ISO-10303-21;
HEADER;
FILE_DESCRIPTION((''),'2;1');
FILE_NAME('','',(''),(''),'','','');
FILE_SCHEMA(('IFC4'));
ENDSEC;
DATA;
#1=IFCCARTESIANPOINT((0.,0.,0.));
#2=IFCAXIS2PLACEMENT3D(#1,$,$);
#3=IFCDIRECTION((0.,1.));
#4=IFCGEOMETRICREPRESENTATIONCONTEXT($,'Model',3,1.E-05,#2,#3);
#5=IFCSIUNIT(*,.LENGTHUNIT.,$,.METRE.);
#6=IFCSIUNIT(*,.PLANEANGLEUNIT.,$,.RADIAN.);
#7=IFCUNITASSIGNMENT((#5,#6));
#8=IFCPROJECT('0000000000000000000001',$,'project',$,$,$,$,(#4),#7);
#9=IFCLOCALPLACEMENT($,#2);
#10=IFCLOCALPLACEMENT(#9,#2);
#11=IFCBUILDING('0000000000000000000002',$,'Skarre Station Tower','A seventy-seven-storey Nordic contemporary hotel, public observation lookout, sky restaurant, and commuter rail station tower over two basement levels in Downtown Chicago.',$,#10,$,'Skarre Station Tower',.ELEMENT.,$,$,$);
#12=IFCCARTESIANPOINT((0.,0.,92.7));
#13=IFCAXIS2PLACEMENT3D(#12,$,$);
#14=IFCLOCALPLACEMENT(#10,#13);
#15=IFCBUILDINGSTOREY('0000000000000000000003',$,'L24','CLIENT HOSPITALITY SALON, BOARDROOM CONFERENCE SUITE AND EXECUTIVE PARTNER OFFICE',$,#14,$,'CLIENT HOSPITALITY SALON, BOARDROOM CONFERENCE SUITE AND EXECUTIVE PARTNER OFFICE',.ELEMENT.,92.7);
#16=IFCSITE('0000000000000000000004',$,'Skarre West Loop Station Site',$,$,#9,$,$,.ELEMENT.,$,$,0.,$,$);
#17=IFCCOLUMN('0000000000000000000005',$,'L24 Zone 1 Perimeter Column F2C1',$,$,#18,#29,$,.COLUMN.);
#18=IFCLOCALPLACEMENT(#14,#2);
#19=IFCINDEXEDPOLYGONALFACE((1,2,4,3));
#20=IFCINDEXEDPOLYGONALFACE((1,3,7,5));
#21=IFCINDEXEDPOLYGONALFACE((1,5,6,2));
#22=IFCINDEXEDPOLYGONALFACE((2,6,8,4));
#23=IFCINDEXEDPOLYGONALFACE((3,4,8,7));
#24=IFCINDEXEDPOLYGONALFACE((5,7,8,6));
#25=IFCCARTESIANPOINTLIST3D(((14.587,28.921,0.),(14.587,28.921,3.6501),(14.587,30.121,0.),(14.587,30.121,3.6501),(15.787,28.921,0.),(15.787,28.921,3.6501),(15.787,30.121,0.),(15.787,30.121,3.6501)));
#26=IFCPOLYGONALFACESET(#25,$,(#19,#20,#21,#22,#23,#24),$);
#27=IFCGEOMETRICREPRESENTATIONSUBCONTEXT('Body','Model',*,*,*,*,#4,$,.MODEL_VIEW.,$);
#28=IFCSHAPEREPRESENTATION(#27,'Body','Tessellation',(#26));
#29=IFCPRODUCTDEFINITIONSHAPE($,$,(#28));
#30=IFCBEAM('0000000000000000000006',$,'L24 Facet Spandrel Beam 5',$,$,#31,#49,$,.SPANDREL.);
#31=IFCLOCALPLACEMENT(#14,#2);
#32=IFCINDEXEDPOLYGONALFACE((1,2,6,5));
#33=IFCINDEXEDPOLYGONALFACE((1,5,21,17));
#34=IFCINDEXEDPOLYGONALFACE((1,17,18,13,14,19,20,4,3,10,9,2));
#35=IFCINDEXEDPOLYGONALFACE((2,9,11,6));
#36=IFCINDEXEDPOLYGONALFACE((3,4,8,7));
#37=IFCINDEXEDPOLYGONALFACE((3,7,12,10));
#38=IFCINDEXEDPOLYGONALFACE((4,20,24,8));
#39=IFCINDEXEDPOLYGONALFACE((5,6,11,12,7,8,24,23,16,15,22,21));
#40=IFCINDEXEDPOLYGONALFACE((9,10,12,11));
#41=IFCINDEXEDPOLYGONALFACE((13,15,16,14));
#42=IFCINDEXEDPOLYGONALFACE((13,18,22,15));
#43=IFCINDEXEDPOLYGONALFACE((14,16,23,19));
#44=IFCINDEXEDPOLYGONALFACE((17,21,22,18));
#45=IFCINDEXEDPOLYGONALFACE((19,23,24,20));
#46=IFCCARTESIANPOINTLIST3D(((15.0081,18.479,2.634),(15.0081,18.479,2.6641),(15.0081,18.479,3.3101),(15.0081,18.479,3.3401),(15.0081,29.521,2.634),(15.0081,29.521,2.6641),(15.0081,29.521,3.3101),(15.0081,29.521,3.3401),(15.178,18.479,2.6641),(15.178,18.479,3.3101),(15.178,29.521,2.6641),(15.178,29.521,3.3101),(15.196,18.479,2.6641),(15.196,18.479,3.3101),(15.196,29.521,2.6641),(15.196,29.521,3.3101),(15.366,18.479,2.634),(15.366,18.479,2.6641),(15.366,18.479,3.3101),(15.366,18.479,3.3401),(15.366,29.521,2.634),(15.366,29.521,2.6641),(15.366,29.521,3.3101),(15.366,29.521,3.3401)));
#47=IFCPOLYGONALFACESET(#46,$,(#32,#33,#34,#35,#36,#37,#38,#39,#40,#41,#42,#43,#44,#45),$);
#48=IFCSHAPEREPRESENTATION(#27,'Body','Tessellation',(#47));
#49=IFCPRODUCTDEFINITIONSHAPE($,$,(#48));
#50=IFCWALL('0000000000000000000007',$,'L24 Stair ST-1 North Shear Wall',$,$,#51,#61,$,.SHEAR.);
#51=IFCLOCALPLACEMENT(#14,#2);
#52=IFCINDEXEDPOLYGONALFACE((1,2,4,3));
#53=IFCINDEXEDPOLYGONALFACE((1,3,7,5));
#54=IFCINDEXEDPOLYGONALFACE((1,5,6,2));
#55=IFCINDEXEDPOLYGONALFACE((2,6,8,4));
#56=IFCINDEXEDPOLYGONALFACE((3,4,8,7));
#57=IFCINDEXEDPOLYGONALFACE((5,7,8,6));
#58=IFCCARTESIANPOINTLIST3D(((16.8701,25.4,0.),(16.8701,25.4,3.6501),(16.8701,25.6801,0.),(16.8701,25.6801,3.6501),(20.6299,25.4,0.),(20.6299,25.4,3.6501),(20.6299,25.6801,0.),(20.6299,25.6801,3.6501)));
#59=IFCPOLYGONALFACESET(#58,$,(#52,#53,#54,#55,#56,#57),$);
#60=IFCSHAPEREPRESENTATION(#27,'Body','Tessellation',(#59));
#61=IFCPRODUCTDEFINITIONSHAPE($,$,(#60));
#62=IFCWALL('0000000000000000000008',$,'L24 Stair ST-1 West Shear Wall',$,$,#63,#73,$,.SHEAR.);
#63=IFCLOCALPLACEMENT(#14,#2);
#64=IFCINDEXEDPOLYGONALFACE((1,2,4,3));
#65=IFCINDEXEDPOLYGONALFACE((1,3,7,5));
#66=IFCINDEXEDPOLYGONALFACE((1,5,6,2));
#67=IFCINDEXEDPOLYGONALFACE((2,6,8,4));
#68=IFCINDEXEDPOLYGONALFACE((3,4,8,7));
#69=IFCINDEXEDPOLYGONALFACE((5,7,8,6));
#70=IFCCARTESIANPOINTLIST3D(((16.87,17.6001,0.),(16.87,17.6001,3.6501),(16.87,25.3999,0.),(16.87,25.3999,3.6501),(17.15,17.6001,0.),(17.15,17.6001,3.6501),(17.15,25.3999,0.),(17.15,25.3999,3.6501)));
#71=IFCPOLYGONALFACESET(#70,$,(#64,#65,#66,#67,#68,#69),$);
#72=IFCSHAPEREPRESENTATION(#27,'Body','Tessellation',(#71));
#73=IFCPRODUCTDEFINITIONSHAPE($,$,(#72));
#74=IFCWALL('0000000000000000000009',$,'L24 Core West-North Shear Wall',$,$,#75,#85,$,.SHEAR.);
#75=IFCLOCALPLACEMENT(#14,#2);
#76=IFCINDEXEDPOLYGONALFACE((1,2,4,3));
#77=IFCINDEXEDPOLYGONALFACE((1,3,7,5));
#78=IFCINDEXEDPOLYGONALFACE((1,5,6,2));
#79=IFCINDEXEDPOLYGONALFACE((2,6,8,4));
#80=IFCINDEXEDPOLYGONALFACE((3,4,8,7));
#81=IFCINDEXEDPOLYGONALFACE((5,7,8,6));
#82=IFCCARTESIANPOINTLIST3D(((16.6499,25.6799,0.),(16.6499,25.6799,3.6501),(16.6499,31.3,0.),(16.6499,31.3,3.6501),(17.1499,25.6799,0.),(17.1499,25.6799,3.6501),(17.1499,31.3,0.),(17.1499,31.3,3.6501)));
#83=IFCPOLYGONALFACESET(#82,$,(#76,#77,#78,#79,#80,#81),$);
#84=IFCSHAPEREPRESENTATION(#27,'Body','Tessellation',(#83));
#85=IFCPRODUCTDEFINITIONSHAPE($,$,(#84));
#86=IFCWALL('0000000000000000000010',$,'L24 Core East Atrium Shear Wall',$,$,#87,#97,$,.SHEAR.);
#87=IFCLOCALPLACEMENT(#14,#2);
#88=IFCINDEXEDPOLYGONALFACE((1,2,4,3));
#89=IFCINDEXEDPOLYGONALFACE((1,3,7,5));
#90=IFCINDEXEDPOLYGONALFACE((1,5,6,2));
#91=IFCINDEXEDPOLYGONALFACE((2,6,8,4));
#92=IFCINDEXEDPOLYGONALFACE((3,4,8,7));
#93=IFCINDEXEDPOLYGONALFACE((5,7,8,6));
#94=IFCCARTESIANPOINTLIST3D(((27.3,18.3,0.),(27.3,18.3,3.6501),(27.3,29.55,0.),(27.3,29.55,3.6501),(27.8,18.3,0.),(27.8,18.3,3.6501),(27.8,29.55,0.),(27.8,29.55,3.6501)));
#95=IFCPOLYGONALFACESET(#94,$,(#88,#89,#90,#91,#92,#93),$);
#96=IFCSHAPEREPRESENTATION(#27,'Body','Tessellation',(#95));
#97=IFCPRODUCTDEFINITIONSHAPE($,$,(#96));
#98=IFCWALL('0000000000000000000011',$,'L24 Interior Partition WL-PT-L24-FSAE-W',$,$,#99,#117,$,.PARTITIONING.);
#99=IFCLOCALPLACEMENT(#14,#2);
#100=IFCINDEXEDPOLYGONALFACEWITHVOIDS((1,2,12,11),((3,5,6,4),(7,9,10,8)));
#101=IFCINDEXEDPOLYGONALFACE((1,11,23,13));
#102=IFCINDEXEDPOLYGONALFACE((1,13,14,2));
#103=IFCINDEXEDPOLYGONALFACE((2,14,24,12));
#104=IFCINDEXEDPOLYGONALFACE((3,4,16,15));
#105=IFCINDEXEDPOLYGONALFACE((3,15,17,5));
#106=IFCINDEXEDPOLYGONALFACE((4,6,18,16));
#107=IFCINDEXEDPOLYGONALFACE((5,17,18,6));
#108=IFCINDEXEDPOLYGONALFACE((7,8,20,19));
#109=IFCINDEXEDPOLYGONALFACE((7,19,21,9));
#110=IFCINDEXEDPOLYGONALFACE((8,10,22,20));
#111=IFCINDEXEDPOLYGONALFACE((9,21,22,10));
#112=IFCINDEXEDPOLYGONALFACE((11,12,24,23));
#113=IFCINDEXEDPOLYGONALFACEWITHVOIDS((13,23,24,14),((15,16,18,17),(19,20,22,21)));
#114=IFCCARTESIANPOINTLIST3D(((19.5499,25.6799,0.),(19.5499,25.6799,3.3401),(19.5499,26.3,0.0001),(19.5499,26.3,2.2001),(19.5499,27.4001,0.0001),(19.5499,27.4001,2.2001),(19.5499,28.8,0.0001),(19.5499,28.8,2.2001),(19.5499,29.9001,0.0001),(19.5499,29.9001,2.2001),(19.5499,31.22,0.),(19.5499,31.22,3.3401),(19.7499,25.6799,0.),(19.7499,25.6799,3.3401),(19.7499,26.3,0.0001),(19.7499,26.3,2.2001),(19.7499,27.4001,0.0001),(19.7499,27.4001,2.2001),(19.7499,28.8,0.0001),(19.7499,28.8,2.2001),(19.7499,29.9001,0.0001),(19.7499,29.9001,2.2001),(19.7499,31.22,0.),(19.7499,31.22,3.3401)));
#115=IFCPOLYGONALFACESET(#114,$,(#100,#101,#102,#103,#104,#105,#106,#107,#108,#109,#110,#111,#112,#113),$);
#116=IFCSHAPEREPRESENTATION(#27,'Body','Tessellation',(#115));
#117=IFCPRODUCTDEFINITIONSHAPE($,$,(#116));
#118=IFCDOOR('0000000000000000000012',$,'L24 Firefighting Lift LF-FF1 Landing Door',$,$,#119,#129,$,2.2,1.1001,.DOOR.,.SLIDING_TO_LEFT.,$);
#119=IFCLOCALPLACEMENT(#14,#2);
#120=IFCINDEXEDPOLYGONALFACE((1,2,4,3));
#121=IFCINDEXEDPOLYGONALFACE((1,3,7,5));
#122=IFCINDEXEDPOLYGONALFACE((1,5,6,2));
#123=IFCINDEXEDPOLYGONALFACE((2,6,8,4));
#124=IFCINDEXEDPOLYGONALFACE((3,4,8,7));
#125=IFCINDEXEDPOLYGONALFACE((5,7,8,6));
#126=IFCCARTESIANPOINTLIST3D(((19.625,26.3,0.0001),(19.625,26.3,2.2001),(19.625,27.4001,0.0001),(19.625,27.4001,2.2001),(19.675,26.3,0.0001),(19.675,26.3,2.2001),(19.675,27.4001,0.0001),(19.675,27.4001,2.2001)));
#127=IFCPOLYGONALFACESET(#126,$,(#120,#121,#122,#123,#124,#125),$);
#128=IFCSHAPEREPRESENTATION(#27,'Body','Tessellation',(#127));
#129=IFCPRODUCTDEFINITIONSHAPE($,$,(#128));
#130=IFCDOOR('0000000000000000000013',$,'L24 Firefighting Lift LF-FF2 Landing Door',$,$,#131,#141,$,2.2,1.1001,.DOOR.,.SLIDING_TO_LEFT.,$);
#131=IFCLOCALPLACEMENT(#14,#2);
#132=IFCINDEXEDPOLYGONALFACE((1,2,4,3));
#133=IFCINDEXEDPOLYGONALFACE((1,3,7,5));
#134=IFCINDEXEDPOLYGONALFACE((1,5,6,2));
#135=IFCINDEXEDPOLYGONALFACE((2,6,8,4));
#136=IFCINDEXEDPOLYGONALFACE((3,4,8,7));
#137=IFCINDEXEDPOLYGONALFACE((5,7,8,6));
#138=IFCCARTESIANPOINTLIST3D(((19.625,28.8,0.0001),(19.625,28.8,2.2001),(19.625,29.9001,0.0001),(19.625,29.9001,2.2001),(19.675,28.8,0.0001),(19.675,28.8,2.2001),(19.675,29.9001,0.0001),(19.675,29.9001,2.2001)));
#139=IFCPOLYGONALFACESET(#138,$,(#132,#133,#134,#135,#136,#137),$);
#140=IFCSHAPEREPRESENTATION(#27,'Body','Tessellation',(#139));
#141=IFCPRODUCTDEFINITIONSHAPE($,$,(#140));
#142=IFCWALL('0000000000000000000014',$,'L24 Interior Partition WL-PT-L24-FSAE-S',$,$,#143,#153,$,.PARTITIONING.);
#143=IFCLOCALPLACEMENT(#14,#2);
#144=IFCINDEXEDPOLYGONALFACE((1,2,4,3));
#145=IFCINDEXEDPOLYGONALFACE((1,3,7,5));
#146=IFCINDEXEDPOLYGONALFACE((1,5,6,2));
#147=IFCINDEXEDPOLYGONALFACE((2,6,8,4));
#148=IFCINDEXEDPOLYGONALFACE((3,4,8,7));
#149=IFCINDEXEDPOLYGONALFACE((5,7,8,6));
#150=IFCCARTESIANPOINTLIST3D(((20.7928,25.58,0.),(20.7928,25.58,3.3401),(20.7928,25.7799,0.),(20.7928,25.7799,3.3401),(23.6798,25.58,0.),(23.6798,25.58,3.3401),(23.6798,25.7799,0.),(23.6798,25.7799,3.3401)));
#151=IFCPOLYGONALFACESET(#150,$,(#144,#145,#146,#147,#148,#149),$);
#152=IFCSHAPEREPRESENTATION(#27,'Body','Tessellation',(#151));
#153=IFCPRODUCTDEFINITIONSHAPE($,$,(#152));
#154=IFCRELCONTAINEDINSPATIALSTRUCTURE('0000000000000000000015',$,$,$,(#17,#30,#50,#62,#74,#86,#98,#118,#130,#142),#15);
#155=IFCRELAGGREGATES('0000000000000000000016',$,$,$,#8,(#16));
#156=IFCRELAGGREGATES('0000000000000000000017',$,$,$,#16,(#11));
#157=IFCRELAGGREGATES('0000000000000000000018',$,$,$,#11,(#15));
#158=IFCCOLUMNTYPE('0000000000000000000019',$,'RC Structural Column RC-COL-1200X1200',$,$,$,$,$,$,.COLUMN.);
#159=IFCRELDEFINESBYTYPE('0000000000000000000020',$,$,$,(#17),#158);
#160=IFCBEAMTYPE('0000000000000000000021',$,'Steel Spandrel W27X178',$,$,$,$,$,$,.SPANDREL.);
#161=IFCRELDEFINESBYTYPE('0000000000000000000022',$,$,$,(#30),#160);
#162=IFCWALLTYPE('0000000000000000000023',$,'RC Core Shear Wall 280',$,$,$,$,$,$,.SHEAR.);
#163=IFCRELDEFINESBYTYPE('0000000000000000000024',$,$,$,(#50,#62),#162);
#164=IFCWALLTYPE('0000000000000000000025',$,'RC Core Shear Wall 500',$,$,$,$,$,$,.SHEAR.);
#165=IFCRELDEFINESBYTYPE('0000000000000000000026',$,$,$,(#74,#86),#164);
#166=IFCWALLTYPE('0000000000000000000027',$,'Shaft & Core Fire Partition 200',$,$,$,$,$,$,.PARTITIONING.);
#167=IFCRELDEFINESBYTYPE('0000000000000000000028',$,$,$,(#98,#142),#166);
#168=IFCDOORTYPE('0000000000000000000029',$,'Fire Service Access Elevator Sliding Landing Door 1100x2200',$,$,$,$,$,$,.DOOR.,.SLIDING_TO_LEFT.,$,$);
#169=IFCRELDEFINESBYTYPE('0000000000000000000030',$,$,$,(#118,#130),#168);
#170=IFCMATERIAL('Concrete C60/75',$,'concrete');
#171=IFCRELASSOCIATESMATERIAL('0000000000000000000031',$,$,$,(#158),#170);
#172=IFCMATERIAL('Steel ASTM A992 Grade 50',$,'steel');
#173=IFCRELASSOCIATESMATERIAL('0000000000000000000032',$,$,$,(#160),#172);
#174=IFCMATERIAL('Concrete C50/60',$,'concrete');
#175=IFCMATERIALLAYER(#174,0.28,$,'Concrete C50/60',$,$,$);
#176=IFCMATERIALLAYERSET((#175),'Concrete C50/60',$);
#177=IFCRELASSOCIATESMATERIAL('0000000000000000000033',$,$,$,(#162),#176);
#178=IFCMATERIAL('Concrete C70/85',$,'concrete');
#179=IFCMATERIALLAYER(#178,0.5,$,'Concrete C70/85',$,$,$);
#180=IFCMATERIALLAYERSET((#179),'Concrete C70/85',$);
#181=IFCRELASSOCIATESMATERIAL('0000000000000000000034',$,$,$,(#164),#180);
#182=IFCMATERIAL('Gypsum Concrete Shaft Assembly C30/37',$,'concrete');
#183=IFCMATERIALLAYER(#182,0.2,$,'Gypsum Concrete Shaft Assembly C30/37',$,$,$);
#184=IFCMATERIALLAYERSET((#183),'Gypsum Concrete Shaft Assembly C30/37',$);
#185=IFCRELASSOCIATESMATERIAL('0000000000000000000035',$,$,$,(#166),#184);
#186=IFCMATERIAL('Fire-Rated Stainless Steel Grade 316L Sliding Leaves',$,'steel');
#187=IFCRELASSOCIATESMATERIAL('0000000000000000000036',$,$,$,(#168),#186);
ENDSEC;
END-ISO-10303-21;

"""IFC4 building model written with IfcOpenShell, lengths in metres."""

from ifc_helpers import new_model, si_unit, direction, frame, frame_2d, origin, origin_2d, place, context, subcontext, project, spatial, rectangle, i_section, extrude, material, layer, layer_set, material_profile, profile_set, type_object, element, fill, save


model = new_model("IFC4")

# Units and contexts
model_context = context("Model", 3, precision=1e-05, world=origin(), true_north=direction((0.0, 1.0)))
body_context = subcontext(model_context, "Body", "Model", "MODEL_VIEW")
ifc_project = project(units=[si_unit("LENGTHUNIT", "METRE"), si_unit("PLANEANGLEUNIT", "RADIAN")], contexts=[model_context])

# Site, building, storey
site_placement = place(None, origin())
site = spatial("IfcSite", under=ifc_project, at=site_placement, Name="Skarre West Loop Station Site", CompositionType="ELEMENT", RefElevation=0.0)
building_placement = place(site_placement, origin())
building = spatial("IfcBuilding", under=site, at=building_placement, Name="Skarre Station Tower", Description="A seventy-seven-storey Nordic contemporary hotel, public observation lookout, sky restaurant, and commuter rail station tower over two basement levels in Downtown Chicago.", LongName="Skarre Station Tower", CompositionType="ELEMENT")
storey_placement = place(building_placement, frame((0.0, 0.0, 92.7)))
storey = spatial("IfcBuildingStorey", under=building, at=storey_placement, Name="L24", Description="CLIENT HOSPITALITY SALON, BOARDROOM CONFERENCE SUITE AND EXECUTIVE PARTNER OFFICE", LongName="CLIENT HOSPITALITY SALON, BOARDROOM CONFERENCE SUITE AND EXECUTIVE PARTNER OFFICE", CompositionType="ELEMENT", Elevation=92.7)

# Column
ifc_material_1 = material(Name="Concrete C60/75", Category="concrete")
ifc_material_profile_1 = material_profile(ifc_material_1, rectangle(XDim=1.2, YDim=1.2, at=origin_2d()), Name="Concrete C60/75")
ifc_profile_set_1 = profile_set([ifc_material_profile_1], Name="Concrete C60/75")
column_type = type_object("IfcColumnType", Name="RC Structural Column RC-COL-1200X1200", PredefinedType="COLUMN", material=ifc_profile_set_1)
column_placement = place(storey_placement, frame((15.187, 29.521, 0.0), z_axis=(0.0, 0.0, 1.0), x_axis=(1.0, 0.0, 0.0)))
element("IfcColumn", 1, at=column_placement, inside=storey, type_object=column_type, Name="L24 Zone 1 Perimeter Column F2C1", PredefinedType="COLUMN", context=body_context, shape_type="SweptSolid", body=[
    extrude(rectangle(XDim=1.2, YDim=1.2, at=origin_2d()), origin(), (0.0, 0.0, 1.0), 3.6501),
])

# Beam
ifc_material_2 = material(Name="Steel ASTM A992 Grade 50", Category="steel")
ifc_material_profile_2 = material_profile(ifc_material_2, i_section(OverallWidth=0.3579, OverallDepth=0.7061, WebThickness=0.0181, FlangeThickness=0.03, at=origin_2d()), Name="Steel ASTM A992 Grade 50")
ifc_profile_set_2 = profile_set([ifc_material_profile_2], Name="Steel ASTM A992 Grade 50")
beam_type = type_object("IfcBeamType", Name="Steel Spandrel W27X178", PredefinedType="SPANDREL", material=ifc_profile_set_2)
beam_placement = place(storey_placement, frame((15.187, 29.521, 2.9871), z_axis=(0.0, -1.0, 0.0), x_axis=(1.0, 0.0, 0.0)))
element("IfcBeam", 2, at=beam_placement, inside=storey, type_object=beam_type, Name="L24 Facet Spandrel Beam 5", PredefinedType="SPANDREL", context=body_context, shape_type="SweptSolid", body=[
    extrude(i_section(OverallWidth=0.3579, OverallDepth=0.7061, WebThickness=0.0181, FlangeThickness=0.03, at=origin_2d()), origin(), (0.0, 0.0, 1.0), 11.042),
])

# Walls
ifc_material_3 = material(Name="Concrete C50/60", Category="concrete")
ifc_layer_1 = layer(ifc_material_3, 0.28, Name="Concrete C50/60")
ifc_layer_set_1 = layer_set([ifc_layer_1], Name="Concrete C50/60")
wall_type_1 = type_object("IfcWallType", Name="RC Core Shear Wall 280", PredefinedType="SHEAR", material=ifc_layer_set_1)
wall_1_placement = place(storey_placement, frame((20.6299, 25.54, 0.0), z_axis=(0.0, 0.0, 1.0), x_axis=(-1.0, 0.0, 0.0)))
element("IfcWall", 3, at=wall_1_placement, inside=storey, type_object=wall_type_1, Name="L24 Stair ST-1 North Shear Wall", PredefinedType="SHEAR", context=body_context, shape_type="SweptSolid", body=[
    extrude(rectangle(XDim=3.7598, YDim=0.28, at=frame_2d((1.8799, 0.0))), origin(), (0.0, 0.0, 1.0), 3.6501),
])
wall_2_placement = place(storey_placement, frame((17.01, 25.3999, 0.0), z_axis=(0.0, 0.0, 1.0), x_axis=(0.0, -1.0, 0.0)))
element("IfcWall", 4, at=wall_2_placement, inside=storey, type_object=wall_type_1, Name="L24 Stair ST-1 West Shear Wall", PredefinedType="SHEAR", context=body_context, shape_type="SweptSolid", body=[
    extrude(rectangle(XDim=7.7998, YDim=0.28, at=frame_2d((3.8999, 0.0))), origin(), (0.0, 0.0, 1.0), 3.6501),
])
ifc_material_4 = material(Name="Concrete C70/85", Category="concrete")
ifc_layer_2 = layer(ifc_material_4, 0.5, Name="Concrete C70/85")
ifc_layer_set_2 = layer_set([ifc_layer_2], Name="Concrete C70/85")
wall_type_2 = type_object("IfcWallType", Name="RC Core Shear Wall 500", PredefinedType="SHEAR", material=ifc_layer_set_2)
wall_3_placement = place(storey_placement, frame((16.8999, 25.6799, 0.0), z_axis=(0.0, 0.0, 1.0), x_axis=(0.0, 1.0, 0.0)))
element("IfcWall", 5, at=wall_3_placement, inside=storey, type_object=wall_type_2, Name="L24 Core West-North Shear Wall", PredefinedType="SHEAR", context=body_context, shape_type="SweptSolid", body=[
    extrude(rectangle(XDim=5.6201, YDim=0.5, at=frame_2d((2.8101, 0.0))), origin(), (0.0, 0.0, 1.0), 3.6501),
])
wall_4_placement = place(storey_placement, frame((27.55, 29.55, 0.0), z_axis=(0.0, 0.0, 1.0), x_axis=(0.0, -1.0, 0.0)))
element("IfcWall", 6, at=wall_4_placement, inside=storey, type_object=wall_type_2, Name="L24 Core East Atrium Shear Wall", PredefinedType="SHEAR", context=body_context, shape_type="SweptSolid", body=[
    extrude(rectangle(XDim=11.25, YDim=0.5, at=frame_2d((5.625, 0.0))), origin(), (0.0, 0.0, 1.0), 3.6501),
])

# Wall, openings, doors
ifc_material_5 = material(Name="Gypsum Concrete Shaft Assembly C30/37", Category="concrete")
ifc_layer_3 = layer(ifc_material_5, 0.2, Name="Gypsum Concrete Shaft Assembly C30/37")
ifc_layer_set_3 = layer_set([ifc_layer_3], Name="Gypsum Concrete Shaft Assembly C30/37")
wall_type_3 = type_object("IfcWallType", Name="Shaft & Core Fire Partition 200", PredefinedType="PARTITIONING", material=ifc_layer_set_3)
wall_5_placement = place(storey_placement, frame((19.6499, 25.6799, 0.0), z_axis=(0.0, 0.0, 1.0), x_axis=(0.0, 1.0, 0.0)))
wall_5 = element("IfcWall", 7, at=wall_5_placement, inside=storey, type_object=wall_type_3, Name="L24 Interior Partition WL-PT-L24-FSAE-W", PredefinedType="PARTITIONING", context=body_context, shape_type="SweptSolid", body=[
    extrude(rectangle(XDim=5.54, YDim=0.2, at=frame_2d((2.77, 0.0))), origin(), (0.0, 0.0, 1.0), 3.3401),
])
opening_1_placement = place(wall_5_placement, frame((0.6201, 0.0, 0.0)))
opening_1 = element("IfcOpeningElement", 8, at=opening_1_placement, cuts=wall_5, PredefinedType="OPENING", context=body_context, shape_type="SweptSolid", body=[
    extrude(rectangle(XDim=1.1001, YDim=2.2, at=frame_2d((0.55, 1.1001))), frame((0.0, 0.1099, 0.0), z_axis=(0.0, -1.0, 0.0), x_axis=(1.0, 0.0, 0.0)), (0.0, 0.0, 1.0), 0.22),
])
opening_2_placement = place(wall_5_placement, frame((3.1201, 0.0, 0.0)))
opening_2 = element("IfcOpeningElement", 9, at=opening_2_placement, cuts=wall_5, PredefinedType="OPENING", context=body_context, shape_type="SweptSolid", body=[
    extrude(rectangle(XDim=1.1001, YDim=2.2, at=frame_2d((0.55, 1.1001))), frame((0.0, 0.1099, 0.0), z_axis=(0.0, -1.0, 0.0), x_axis=(1.0, 0.0, 0.0)), (0.0, 0.0, 1.0), 0.22),
])
ifc_material_6 = material(Name="Fire-Rated Stainless Steel Grade 316L Sliding Leaves", Category="steel")
door_type_1 = type_object("IfcDoorType", Name="Fire Service Access Elevator Sliding Landing Door 1100x2200", OperationType="SLIDING_TO_LEFT", PredefinedType="DOOR", material=ifc_material_6)
door_1_placement = place(opening_1_placement, origin())
door_1 = element("IfcDoor", 10, at=door_1_placement, inside=storey, type_object=door_type_1, Name="L24 Firefighting Lift LF-FF1 Landing Door", OperationType="SLIDING_TO_LEFT", OverallHeight=2.2, OverallWidth=1.1001, PredefinedType="DOOR", context=body_context, shape_type="SweptSolid", body=[
    extrude(rectangle(XDim=1.1001, YDim=2.2, at=frame_2d((0.55, 1.1001))), frame((0.0, 0.0249, 0.0), z_axis=(0.0, -1.0, 0.0), x_axis=(1.0, 0.0, 0.0)), (0.0, 0.0, 1.0), 0.05),
])
fill(opening_1, door_1)
door_2_placement = place(opening_2_placement, origin())
door_2 = element("IfcDoor", 11, at=door_2_placement, inside=storey, type_object=door_type_1, Name="L24 Firefighting Lift LF-FF2 Landing Door", OperationType="SLIDING_TO_LEFT", OverallHeight=2.2, OverallWidth=1.1001, PredefinedType="DOOR", context=body_context, shape_type="SweptSolid", body=[
    extrude(rectangle(XDim=1.1001, YDim=2.2, at=frame_2d((0.55, 1.1001))), frame((0.0, 0.0249, 0.0), z_axis=(0.0, -1.0, 0.0), x_axis=(1.0, 0.0, 0.0)), (0.0, 0.0, 1.0), 0.05),
])
fill(opening_2, door_2)

# Wall
wall_6_placement = place(storey_placement, frame((20.793, 25.6799, 0.0), z_axis=(0.0, 0.0, 1.0), x_axis=(1.0, 0.0, 0.0)))
element("IfcWall", 12, at=wall_6_placement, inside=storey, type_object=wall_type_3, Name="L24 Interior Partition WL-PT-L24-FSAE-S", PredefinedType="PARTITIONING", context=body_context, shape_type="SweptSolid", body=[
    extrude(rectangle(XDim=2.887, YDim=0.2, at=frame_2d((1.4434, 0.0))), origin(), (0.0, 0.0, 1.0), 3.3401),
])

save(model, "model.ifc")
